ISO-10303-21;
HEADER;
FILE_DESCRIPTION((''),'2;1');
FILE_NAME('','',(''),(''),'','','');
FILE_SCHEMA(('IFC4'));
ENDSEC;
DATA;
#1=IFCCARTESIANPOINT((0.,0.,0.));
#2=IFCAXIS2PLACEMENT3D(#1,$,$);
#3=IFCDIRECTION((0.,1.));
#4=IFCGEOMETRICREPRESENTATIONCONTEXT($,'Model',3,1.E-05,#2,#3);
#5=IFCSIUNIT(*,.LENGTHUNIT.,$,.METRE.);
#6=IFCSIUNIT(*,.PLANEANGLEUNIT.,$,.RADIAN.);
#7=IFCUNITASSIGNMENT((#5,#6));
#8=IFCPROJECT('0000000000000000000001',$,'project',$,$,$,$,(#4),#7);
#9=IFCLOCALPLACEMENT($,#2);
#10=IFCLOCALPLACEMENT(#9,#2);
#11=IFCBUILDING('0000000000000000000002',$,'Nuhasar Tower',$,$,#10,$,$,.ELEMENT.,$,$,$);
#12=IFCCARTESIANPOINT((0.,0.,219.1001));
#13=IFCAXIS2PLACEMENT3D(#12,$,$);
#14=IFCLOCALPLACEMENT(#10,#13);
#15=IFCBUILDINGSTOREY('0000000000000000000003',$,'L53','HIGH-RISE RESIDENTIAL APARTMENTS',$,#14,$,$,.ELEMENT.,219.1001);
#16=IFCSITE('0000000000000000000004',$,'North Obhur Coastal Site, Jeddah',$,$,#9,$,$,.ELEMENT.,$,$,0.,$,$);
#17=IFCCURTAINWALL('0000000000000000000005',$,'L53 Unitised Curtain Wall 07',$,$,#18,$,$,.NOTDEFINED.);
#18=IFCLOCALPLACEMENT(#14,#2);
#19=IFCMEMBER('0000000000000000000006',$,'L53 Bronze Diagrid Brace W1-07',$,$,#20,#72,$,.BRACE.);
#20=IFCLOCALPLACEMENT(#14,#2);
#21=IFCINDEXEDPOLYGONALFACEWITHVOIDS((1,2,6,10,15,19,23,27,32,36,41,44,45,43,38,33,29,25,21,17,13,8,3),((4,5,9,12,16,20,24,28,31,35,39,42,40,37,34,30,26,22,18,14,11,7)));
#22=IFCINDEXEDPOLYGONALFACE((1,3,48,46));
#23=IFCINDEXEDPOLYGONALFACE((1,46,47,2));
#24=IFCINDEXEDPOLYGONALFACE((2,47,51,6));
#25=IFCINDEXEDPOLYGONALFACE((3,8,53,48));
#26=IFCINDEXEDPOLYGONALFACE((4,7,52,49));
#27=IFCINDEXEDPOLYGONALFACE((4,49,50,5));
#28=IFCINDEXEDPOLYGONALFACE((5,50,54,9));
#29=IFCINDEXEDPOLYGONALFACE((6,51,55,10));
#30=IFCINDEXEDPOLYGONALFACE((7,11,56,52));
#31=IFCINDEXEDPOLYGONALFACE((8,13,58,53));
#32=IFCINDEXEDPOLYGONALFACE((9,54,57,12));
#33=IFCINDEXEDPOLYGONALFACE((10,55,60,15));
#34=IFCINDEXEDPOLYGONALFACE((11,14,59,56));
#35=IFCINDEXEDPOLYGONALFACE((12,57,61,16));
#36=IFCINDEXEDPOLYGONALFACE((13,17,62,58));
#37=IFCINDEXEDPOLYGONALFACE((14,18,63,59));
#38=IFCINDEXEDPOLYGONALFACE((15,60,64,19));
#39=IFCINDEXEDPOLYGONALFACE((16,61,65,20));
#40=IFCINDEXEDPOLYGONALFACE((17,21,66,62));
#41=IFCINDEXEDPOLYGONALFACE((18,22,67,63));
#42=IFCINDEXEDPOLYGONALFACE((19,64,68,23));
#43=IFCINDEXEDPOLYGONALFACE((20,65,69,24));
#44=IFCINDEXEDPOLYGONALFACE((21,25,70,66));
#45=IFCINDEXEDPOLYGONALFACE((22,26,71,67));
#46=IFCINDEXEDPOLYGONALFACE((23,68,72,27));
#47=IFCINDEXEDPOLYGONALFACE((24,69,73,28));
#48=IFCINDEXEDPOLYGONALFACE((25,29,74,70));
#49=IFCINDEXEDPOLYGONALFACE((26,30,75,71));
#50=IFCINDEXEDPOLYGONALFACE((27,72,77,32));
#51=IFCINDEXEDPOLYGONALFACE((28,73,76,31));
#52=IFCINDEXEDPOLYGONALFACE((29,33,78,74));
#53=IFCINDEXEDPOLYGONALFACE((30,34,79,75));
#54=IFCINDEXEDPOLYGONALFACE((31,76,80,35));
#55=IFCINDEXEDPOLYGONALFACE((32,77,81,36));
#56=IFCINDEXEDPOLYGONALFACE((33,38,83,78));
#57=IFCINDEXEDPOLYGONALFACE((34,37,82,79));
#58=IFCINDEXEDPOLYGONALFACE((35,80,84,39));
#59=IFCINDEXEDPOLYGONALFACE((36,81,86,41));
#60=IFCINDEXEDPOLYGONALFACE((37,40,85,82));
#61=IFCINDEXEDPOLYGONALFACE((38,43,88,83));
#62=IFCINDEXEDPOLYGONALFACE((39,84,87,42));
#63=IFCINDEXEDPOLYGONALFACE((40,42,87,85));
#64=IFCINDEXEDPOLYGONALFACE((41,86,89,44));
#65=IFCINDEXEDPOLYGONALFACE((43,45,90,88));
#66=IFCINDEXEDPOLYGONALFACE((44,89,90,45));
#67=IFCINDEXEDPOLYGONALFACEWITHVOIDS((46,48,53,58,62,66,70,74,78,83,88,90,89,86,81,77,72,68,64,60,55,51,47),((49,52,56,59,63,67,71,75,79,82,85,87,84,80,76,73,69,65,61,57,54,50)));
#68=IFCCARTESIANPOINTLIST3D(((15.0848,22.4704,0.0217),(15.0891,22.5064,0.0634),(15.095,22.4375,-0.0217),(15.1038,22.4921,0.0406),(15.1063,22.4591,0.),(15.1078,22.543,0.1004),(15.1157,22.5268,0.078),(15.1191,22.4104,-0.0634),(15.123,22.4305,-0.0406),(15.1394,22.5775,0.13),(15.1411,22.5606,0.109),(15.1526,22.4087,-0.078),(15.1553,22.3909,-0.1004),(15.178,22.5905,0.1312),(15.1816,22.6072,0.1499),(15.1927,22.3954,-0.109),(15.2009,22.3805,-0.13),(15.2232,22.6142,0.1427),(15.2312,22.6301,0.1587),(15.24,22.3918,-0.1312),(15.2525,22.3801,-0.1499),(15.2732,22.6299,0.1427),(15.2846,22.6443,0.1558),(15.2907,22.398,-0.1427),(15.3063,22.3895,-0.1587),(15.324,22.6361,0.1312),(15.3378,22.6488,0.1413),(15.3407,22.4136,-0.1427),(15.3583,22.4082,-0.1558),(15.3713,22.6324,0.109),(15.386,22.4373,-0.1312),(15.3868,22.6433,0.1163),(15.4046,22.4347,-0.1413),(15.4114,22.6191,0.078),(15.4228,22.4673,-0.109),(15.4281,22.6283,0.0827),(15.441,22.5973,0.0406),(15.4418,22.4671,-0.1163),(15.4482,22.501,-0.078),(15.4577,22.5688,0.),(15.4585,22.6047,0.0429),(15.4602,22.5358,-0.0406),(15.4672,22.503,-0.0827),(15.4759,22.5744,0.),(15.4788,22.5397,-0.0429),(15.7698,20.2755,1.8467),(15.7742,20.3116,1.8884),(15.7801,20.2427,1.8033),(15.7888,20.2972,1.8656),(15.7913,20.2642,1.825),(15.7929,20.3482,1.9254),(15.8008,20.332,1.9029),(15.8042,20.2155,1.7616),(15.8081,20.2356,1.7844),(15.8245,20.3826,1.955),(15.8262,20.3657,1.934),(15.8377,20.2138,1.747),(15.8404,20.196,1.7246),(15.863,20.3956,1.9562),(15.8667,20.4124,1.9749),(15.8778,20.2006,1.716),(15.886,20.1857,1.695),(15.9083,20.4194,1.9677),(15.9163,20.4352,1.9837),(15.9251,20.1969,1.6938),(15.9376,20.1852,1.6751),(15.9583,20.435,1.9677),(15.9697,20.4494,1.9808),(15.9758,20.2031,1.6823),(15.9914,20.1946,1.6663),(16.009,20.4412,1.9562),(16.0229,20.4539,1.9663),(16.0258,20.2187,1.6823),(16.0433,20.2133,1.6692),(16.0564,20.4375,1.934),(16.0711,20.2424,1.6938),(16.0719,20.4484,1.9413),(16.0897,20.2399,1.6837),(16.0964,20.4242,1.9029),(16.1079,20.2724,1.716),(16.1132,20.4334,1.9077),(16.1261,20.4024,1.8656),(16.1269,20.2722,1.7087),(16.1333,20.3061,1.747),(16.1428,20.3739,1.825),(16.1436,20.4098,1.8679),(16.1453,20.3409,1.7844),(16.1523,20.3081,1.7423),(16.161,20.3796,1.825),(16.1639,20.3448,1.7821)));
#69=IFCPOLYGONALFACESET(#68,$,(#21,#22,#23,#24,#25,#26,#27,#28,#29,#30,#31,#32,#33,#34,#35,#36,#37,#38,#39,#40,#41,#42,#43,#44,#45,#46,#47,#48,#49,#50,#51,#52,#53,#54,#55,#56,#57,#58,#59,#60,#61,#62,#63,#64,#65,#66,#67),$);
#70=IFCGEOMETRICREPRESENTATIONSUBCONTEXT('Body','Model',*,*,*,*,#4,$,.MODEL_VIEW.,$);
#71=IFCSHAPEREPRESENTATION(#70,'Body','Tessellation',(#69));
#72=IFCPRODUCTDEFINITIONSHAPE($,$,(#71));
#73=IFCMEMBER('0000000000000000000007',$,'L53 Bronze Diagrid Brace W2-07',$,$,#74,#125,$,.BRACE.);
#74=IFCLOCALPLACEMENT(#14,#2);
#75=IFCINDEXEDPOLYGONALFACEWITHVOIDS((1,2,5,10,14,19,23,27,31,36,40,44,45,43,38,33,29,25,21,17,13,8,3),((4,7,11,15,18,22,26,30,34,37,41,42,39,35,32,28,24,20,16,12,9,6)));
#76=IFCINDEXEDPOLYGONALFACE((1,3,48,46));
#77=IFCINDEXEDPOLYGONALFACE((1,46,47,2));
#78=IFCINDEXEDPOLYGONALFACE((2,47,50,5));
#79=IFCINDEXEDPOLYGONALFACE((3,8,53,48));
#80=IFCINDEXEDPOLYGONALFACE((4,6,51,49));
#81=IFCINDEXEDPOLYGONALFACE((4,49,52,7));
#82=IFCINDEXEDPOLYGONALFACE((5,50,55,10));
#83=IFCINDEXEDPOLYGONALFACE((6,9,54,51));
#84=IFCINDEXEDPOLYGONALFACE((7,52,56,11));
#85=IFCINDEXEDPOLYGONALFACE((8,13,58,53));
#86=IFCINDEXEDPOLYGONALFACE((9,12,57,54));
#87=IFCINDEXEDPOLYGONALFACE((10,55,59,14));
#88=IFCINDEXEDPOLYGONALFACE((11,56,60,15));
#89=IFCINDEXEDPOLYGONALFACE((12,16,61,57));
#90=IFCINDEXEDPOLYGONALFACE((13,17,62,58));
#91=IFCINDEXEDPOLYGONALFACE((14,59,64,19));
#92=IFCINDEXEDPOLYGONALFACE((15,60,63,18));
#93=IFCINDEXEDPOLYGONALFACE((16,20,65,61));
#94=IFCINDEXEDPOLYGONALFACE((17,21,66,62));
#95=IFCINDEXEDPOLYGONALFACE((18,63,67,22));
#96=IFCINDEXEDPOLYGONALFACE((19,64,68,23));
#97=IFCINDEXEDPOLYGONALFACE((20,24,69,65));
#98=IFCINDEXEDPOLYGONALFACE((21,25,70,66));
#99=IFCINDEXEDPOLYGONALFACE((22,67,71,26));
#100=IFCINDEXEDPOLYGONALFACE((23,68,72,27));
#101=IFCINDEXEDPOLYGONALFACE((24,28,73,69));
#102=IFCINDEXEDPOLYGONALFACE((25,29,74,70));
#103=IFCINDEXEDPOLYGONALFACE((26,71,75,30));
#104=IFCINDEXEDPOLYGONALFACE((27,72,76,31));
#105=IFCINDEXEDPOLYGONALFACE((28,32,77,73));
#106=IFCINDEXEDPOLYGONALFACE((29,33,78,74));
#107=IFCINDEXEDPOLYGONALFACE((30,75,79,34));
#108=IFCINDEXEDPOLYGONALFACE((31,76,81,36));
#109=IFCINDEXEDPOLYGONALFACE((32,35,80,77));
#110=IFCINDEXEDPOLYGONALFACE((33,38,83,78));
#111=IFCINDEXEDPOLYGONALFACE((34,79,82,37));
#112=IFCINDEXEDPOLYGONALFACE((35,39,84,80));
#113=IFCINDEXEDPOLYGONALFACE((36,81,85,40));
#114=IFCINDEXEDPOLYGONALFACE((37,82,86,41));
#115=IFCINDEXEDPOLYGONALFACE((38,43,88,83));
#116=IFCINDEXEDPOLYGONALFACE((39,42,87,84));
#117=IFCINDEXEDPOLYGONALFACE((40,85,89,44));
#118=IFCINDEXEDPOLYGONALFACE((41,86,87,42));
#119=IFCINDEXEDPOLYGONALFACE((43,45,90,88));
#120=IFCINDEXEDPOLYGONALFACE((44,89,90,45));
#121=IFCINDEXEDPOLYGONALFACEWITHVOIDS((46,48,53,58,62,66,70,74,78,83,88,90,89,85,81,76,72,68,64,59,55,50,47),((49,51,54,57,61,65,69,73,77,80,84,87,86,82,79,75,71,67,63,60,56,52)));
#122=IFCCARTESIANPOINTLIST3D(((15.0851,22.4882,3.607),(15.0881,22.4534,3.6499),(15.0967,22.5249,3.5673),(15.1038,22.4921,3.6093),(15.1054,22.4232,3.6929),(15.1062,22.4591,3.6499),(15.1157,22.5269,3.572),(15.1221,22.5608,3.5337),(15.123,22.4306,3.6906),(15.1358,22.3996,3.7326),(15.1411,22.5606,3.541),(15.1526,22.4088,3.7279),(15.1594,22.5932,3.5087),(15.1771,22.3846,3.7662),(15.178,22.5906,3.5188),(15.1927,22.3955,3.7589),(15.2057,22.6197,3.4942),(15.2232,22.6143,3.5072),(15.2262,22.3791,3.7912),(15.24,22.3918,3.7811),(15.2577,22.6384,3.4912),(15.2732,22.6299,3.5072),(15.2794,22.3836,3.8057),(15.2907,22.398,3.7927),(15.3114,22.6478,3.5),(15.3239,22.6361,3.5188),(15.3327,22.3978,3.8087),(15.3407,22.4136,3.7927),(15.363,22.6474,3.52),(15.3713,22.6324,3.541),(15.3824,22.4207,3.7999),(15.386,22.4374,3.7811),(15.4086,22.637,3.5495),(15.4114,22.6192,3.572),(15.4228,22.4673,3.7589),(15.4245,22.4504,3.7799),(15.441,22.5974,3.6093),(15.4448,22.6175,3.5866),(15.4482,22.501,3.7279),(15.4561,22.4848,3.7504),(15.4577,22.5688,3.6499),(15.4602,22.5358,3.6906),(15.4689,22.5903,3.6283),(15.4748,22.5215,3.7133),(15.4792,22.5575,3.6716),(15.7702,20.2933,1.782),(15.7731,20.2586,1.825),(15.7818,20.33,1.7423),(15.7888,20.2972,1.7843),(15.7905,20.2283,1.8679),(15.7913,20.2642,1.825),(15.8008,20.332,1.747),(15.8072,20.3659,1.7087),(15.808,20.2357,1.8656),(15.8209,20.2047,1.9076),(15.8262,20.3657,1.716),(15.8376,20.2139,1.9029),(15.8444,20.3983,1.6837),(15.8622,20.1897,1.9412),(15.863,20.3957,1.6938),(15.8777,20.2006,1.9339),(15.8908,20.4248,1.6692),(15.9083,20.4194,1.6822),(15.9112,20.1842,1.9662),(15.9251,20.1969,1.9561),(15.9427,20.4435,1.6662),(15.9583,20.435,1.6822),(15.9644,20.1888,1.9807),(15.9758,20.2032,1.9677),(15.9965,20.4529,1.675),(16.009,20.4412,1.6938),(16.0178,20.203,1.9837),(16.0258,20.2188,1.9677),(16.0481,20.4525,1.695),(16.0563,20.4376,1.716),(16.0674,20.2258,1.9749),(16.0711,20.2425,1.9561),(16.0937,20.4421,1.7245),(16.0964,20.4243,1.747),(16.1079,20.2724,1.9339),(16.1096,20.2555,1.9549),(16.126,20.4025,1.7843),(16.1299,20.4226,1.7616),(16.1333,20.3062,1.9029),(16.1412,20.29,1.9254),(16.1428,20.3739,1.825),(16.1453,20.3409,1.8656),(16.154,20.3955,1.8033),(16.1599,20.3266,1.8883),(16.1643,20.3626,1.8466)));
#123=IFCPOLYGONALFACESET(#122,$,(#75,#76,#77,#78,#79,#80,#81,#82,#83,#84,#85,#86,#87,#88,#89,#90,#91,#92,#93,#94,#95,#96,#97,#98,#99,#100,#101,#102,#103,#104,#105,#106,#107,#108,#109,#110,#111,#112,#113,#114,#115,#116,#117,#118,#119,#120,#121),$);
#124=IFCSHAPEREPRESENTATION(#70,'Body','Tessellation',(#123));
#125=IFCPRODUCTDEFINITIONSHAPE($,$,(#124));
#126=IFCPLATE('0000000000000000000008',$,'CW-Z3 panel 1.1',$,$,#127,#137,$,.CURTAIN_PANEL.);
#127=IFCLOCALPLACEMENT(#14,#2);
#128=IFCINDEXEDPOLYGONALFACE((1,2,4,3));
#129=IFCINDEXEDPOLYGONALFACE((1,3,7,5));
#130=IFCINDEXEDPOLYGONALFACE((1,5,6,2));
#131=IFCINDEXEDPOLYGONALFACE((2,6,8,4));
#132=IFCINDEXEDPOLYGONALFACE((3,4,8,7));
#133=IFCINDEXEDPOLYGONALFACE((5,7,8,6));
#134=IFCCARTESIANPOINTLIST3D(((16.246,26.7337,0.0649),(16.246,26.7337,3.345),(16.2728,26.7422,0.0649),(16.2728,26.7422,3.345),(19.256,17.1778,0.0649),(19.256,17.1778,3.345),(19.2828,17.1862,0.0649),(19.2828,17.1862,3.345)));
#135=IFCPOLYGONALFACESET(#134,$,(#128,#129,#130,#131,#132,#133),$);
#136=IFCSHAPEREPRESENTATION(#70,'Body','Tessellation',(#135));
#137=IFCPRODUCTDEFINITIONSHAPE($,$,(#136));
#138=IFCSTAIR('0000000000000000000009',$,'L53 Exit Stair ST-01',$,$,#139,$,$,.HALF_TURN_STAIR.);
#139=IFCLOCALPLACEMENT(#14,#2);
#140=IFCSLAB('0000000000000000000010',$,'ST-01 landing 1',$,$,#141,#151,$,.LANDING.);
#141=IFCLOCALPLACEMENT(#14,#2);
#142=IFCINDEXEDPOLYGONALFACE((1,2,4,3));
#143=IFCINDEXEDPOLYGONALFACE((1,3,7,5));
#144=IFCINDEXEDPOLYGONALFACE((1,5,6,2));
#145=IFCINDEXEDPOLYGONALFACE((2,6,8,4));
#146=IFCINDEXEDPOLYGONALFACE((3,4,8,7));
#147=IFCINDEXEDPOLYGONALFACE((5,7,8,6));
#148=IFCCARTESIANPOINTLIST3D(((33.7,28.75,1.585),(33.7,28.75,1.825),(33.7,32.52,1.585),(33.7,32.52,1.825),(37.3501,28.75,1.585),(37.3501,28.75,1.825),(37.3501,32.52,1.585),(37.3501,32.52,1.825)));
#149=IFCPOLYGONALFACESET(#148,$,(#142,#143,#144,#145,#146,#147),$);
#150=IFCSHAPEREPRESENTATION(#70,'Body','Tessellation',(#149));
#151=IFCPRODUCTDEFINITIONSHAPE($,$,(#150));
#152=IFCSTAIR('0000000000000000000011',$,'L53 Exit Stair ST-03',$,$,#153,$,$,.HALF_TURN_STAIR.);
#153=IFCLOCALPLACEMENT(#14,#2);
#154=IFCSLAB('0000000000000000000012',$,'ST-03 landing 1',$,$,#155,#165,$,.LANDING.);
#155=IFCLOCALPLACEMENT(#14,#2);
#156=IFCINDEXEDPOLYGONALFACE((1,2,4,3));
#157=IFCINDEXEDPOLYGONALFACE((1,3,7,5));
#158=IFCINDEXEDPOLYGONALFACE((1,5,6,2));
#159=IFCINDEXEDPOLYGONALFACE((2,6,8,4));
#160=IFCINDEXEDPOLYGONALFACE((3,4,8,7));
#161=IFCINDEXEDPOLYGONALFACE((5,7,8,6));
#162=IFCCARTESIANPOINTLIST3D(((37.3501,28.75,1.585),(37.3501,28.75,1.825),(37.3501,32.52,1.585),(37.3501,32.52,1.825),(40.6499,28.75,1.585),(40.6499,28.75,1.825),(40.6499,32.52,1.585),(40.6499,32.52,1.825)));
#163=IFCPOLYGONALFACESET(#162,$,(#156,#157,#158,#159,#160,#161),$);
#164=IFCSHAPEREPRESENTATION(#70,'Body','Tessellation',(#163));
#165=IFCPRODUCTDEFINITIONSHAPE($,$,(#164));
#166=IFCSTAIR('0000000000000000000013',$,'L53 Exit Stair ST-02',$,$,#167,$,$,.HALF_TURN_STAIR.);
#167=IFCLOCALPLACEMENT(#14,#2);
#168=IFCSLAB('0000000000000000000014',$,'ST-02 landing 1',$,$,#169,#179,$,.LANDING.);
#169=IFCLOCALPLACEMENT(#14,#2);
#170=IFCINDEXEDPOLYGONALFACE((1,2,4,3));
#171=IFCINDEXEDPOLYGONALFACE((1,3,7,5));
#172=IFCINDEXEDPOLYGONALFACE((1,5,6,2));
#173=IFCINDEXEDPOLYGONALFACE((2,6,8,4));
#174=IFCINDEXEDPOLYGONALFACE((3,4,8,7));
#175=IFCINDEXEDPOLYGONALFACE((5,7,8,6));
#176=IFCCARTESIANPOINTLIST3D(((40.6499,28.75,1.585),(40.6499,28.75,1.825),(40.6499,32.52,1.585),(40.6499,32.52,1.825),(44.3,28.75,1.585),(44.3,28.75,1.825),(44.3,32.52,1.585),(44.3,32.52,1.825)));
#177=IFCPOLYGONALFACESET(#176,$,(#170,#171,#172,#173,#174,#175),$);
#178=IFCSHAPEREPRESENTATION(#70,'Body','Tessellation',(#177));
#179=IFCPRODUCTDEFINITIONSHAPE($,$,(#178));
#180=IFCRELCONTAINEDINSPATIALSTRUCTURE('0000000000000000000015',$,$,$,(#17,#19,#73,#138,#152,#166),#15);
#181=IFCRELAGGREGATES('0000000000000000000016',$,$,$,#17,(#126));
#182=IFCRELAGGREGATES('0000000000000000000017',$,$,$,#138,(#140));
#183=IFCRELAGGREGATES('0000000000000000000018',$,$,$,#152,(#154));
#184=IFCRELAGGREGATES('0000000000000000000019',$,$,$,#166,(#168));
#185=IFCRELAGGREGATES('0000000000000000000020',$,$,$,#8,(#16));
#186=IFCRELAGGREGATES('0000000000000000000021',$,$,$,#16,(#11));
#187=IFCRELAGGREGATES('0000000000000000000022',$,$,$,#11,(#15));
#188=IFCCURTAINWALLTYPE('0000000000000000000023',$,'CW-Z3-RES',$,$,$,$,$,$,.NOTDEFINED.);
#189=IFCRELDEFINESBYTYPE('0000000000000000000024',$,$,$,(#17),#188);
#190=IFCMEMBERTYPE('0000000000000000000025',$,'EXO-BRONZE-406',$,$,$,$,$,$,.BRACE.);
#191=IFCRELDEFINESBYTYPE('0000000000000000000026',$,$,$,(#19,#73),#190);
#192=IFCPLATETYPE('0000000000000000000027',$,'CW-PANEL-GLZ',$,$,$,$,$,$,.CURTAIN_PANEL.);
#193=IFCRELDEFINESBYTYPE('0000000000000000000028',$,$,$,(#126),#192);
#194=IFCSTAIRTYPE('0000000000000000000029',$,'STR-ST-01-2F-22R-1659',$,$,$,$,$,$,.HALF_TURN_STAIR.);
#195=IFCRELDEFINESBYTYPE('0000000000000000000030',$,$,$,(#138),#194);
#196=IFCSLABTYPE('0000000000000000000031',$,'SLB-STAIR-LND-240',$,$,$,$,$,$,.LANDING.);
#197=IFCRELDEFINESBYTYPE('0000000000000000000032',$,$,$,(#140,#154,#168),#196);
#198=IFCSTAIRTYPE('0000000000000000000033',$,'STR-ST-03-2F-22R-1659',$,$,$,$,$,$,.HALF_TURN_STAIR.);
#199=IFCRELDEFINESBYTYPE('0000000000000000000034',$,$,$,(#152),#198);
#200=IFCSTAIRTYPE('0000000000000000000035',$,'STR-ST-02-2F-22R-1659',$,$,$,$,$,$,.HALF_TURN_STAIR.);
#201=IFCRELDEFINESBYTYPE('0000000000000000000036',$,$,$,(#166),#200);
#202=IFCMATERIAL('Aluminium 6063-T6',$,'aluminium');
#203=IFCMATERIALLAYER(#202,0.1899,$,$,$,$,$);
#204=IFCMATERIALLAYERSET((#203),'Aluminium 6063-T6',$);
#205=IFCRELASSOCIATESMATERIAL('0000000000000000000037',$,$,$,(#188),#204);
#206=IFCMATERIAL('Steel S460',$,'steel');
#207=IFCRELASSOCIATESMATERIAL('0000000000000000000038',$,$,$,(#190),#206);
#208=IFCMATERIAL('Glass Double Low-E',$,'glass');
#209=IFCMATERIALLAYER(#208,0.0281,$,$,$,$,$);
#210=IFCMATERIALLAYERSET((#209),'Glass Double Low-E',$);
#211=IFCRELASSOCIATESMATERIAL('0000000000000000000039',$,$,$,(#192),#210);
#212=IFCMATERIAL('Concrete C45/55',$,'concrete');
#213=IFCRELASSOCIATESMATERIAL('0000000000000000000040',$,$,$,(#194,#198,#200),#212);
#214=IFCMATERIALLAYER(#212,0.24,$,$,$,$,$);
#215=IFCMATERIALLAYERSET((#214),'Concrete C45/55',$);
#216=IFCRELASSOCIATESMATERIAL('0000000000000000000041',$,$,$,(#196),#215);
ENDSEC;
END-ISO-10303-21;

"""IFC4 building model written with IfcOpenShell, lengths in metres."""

from ifc_helpers import new_model, si_unit, direction, frame, origin, origin_2d, place, context, subcontext, project, spatial, polyline, rectangle, hollow_circle, outline, extrude, material, layer, layer_set, material_profile, profile_set, type_object, element, aggregate, save


model = new_model("IFC4")

# Units and contexts
model_context = context("Model", 3, precision=1e-05, world=origin(), true_north=direction((0.0, 1.0)))
body_context = subcontext(model_context, "Body", "Model", "MODEL_VIEW")
ifc_project = project(units=[si_unit("LENGTHUNIT", "METRE"), si_unit("PLANEANGLEUNIT", "RADIAN")], contexts=[model_context])

# Site, building, storey
site_placement = place(None, origin())
site = spatial("IfcSite", under=ifc_project, at=site_placement, Name="North Obhur Coastal Site, Jeddah", CompositionType="ELEMENT", RefElevation=0.0)
building_placement = place(site_placement, origin())
building = spatial("IfcBuilding", under=site, at=building_placement, Name="Nuhasar Tower", CompositionType="ELEMENT")
storey_placement = place(building_placement, frame((0.0, 0.0, 219.1001)))
storey = spatial("IfcBuildingStorey", under=building, at=storey_placement, Name="L53", Description="HIGH-RISE RESIDENTIAL APARTMENTS", CompositionType="ELEMENT", Elevation=219.1001)

# Curtain wall
ifc_material_1 = material(Name="Aluminium 6063-T6", Category="aluminium")
ifc_layer_1 = layer(ifc_material_1, 0.1899)
ifc_layer_set_1 = layer_set([ifc_layer_1], Name="Aluminium 6063-T6")
curtain_wall_type = type_object("IfcCurtainWallType", Name="CW-Z3-RES", PredefinedType="NOTDEFINED", material=ifc_layer_set_1)
curtain_wall_1_placement = place(storey_placement, origin())
curtain_wall_1 = element("IfcCurtainWall", 1, at=curtain_wall_1_placement, inside=storey, type_object=curtain_wall_type, Name="L53 Unitised Curtain Wall 07", PredefinedType="NOTDEFINED")

# Members
ifc_material_2 = material(Name="Steel S460", Category="steel")
ifc_material_profile_1 = material_profile(ifc_material_2, hollow_circle(Radius=0.2031, WallThickness=0.019, at=origin_2d()), Name="HSS406.4X19.1")
ifc_profile_set_1 = profile_set([ifc_material_profile_1], Name="Steel S460")
member_type_1 = type_object("IfcMemberType", Name="EXO-BRONZE-406", PredefinedType="BRACE", material=ifc_profile_set_1)
for number, where, z_axis, x_axis, name in (
    (2, (15.282, 22.5139, 0.0), (0.233372, -0.74769, 0.621689), (0.954582, 0.297948, 0.0), "L53 Bronze Diagrid Brace W1-07"),
    (3, (15.967, 20.3191, 1.825), (-0.233372, 0.74769, 0.621689), (-0.954582, -0.297948, 0.0), "L53 Bronze Diagrid Brace W2-07"),
):
    element("IfcMember", number, at=place(storey_placement, frame(where, z_axis=z_axis, x_axis=x_axis)), inside=storey, type_object=member_type_1, Name=name, PredefinedType="BRACE", context=body_context, shape_type="SweptSolid", body=[
        extrude(hollow_circle(Radius=0.2031, WallThickness=0.019, at=origin_2d()), origin(), (0.0, 0.0, 1.0), 2.9355),
    ])

# Plate
ifc_material_3 = material(Name="Glass Double Low-E", Category="glass")
ifc_layer_2 = layer(ifc_material_3, 0.0281)
ifc_layer_set_2 = layer_set([ifc_layer_2], Name="Glass Double Low-E")
plate_type = type_object("IfcPlateType", Name="CW-PANEL-GLZ", PredefinedType="CURTAIN_PANEL", material=ifc_layer_set_2)
plate_placement = place(storey_placement, frame((17.7644, 21.96, 0.0649), z_axis=(0.0, 0.0, 1.0), x_axis=(0.300429, -0.953804, 0.0)))
plate = element("IfcPlate", 4, at=plate_placement, type_object=plate_type, Name="CW-Z3 panel 1.1", PredefinedType="CURTAIN_PANEL", context=body_context, shape_type="SweptSolid", body=[
    extrude(rectangle(XDim=10.0188, YDim=0.0281, at=origin_2d()), origin(), (0.0, 0.0, 1.0), 3.28),
])
aggregate(curtain_wall_1, [plate])

# Stairs, slabs
ifc_material_4 = material(Name="Concrete C45/55", Category="concrete")
stair_type_1 = type_object("IfcStairType", Name="STR-ST-01-2F-22R-1659", PredefinedType="HALF_TURN_STAIR", material=ifc_material_4)
stair_1_placement = place(storey_placement, origin())
stair_1 = element("IfcStair", 5, at=stair_1_placement, inside=storey, type_object=stair_type_1, Name="L53 Exit Stair ST-01", PredefinedType="HALF_TURN_STAIR")
ifc_layer_3 = layer(ifc_material_4, 0.24)
ifc_layer_set_3 = layer_set([ifc_layer_3], Name="Concrete C45/55")
slab_type_1 = type_object("IfcSlabType", Name="SLB-STAIR-LND-240", PredefinedType="LANDING", material=ifc_layer_set_3)
slab_1_placement = place(storey_placement, frame((0.0, 0.0, 1.585)))
slab_1 = element("IfcSlab", 6, at=slab_1_placement, type_object=slab_type_1, Name="ST-01 landing 1", PredefinedType="LANDING", context=body_context, shape_type="SweptSolid", body=[
    extrude(outline(polyline([(33.7, 28.75), (37.3501, 28.75), (37.3501, 32.52), (33.7, 32.52), (33.7, 28.75)])), origin(), (0.0, 0.0, 1.0), 0.24),
])
aggregate(stair_1, [slab_1])
stair_type_2 = type_object("IfcStairType", Name="STR-ST-03-2F-22R-1659", PredefinedType="HALF_TURN_STAIR", material=ifc_material_4)
stair_2_placement = place(storey_placement, origin())
stair_2 = element("IfcStair", 7, at=stair_2_placement, inside=storey, type_object=stair_type_2, Name="L53 Exit Stair ST-03", PredefinedType="HALF_TURN_STAIR")
slab_2_placement = place(storey_placement, frame((0.0, 0.0, 1.585)))
slab_2 = element("IfcSlab", 8, at=slab_2_placement, type_object=slab_type_1, Name="ST-03 landing 1", PredefinedType="LANDING", context=body_context, shape_type="SweptSolid", body=[
    extrude(outline(polyline([(37.3501, 28.75), (40.6499, 28.75), (40.6499, 32.52), (37.3501, 32.52), (37.3501, 28.75)])), origin(), (0.0, 0.0, 1.0), 0.24),
])
aggregate(stair_2, [slab_2])
stair_type_3 = type_object("IfcStairType", Name="STR-ST-02-2F-22R-1659", PredefinedType="HALF_TURN_STAIR", material=ifc_material_4)
stair_3_placement = place(storey_placement, origin())
stair_3 = element("IfcStair", 9, at=stair_3_placement, inside=storey, type_object=stair_type_3, Name="L53 Exit Stair ST-02", PredefinedType="HALF_TURN_STAIR")
slab_3_placement = place(storey_placement, frame((0.0, 0.0, 1.585)))
slab_3 = element("IfcSlab", 10, at=slab_3_placement, type_object=slab_type_1, Name="ST-02 landing 1", PredefinedType="LANDING", context=body_context, shape_type="SweptSolid", body=[
    extrude(outline(polyline([(40.6499, 28.75), (44.3, 28.75), (44.3, 32.52), (40.6499, 32.52), (40.6499, 28.75)])), origin(), (0.0, 0.0, 1.0), 0.24),
])
aggregate(stair_3, [slab_3])

save(model, "model.ifc")
